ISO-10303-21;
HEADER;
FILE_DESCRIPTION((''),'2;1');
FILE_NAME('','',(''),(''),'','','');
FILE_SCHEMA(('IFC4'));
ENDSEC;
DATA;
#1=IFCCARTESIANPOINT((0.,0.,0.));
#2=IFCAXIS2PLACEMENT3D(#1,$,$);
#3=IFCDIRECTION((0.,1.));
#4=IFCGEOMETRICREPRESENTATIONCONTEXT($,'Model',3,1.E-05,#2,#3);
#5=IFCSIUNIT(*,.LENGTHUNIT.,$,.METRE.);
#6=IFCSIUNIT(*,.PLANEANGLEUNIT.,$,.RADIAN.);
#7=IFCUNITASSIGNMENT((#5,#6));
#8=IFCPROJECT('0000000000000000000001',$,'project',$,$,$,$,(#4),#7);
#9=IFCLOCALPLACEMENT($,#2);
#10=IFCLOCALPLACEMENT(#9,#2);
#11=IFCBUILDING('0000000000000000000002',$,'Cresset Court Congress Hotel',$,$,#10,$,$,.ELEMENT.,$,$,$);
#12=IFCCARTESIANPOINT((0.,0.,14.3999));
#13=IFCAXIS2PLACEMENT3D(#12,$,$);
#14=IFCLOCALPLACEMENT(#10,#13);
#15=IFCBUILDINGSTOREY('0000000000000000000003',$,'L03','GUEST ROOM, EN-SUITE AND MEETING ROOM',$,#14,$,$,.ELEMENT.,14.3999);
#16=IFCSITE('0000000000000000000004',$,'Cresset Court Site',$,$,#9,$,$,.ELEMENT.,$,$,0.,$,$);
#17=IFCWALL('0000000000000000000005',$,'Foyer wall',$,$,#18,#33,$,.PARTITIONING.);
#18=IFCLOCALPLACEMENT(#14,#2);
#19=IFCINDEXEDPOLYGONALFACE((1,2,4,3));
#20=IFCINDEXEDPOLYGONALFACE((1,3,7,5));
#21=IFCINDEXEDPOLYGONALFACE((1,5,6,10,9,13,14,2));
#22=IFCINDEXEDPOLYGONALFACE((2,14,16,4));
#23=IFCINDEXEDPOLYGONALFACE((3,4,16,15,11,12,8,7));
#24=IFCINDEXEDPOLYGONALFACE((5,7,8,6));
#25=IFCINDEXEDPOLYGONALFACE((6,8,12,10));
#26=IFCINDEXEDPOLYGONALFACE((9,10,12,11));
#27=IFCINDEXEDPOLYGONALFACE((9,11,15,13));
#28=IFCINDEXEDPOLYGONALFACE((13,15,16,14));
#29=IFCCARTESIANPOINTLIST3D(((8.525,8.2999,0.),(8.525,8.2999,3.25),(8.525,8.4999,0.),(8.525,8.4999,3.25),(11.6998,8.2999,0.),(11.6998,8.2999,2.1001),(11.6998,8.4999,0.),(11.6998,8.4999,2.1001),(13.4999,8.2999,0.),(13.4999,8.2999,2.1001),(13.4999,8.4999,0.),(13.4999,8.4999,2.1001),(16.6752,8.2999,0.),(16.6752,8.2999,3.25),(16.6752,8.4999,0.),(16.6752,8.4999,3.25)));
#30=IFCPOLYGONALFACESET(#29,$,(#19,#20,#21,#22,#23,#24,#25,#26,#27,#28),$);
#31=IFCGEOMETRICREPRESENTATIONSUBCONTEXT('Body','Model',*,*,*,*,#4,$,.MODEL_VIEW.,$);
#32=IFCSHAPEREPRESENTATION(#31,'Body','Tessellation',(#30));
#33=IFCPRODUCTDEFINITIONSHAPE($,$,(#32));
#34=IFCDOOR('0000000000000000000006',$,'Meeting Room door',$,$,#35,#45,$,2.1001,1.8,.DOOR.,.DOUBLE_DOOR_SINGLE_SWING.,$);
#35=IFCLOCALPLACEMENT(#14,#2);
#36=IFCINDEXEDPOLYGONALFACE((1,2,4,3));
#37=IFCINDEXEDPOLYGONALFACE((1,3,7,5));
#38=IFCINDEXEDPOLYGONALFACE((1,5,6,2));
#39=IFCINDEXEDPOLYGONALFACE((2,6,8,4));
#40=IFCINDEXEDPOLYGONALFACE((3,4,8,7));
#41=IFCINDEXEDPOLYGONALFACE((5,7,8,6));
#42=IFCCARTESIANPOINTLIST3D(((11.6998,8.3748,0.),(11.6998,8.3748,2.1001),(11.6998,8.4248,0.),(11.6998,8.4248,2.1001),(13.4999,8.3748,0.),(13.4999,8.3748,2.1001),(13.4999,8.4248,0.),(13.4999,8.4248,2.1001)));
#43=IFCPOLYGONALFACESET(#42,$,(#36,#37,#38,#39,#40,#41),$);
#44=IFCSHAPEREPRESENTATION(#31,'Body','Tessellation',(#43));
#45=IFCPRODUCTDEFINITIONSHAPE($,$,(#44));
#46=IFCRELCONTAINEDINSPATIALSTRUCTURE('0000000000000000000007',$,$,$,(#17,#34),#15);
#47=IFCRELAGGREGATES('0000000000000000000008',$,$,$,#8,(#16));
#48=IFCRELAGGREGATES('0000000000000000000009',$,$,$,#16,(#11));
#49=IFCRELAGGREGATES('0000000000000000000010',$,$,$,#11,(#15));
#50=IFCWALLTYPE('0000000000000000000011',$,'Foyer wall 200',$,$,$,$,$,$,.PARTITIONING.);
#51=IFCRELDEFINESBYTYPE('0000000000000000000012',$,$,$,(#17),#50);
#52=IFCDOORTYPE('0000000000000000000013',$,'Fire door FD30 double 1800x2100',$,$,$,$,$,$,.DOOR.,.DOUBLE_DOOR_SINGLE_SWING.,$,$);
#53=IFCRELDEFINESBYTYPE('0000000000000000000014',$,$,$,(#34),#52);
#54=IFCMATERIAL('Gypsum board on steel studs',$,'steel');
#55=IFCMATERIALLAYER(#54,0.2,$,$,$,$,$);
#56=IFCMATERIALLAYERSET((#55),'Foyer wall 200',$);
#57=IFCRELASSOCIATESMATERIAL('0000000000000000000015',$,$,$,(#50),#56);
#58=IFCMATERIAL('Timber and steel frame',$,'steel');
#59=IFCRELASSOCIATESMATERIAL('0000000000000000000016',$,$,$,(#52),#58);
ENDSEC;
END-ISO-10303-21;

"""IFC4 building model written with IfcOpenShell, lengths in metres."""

from ifc_helpers import new_model, si_unit, direction, frame, frame_2d, origin, place, context, subcontext, project, spatial, rectangle, extrude, material, layer, layer_set, type_object, element, fill, save


model = new_model("IFC4")

# Units and contexts
model_context = context("Model", 3, precision=1e-05, world=origin(), true_north=direction((0.0, 1.0)))
body_context = subcontext(model_context, "Body", "Model", "MODEL_VIEW")
ifc_project = project(units=[si_unit("LENGTHUNIT", "METRE"), si_unit("PLANEANGLEUNIT", "RADIAN")], contexts=[model_context])

# Site, building, storey
site_placement = place(None, origin())
site = spatial("IfcSite", under=ifc_project, at=site_placement, Name="Cresset Court Site", CompositionType="ELEMENT", RefElevation=0.0)
building_placement = place(site_placement, origin())
building = spatial("IfcBuilding", under=site, at=building_placement, Name="Cresset Court Congress Hotel", CompositionType="ELEMENT")
storey_placement = place(building_placement, frame((0.0, 0.0, 14.3999)))
storey = spatial("IfcBuildingStorey", under=building, at=storey_placement, Name="L03", Description="GUEST ROOM, EN-SUITE AND MEETING ROOM", CompositionType="ELEMENT", Elevation=14.3999)

# Wall, opening, door
ifc_material_1 = material(Name="Gypsum board on steel studs", Category="steel")
ifc_layer_1 = layer(ifc_material_1, 0.2)
ifc_layer_set_1 = layer_set([ifc_layer_1], Name="Foyer wall 200")
wall_type = type_object("IfcWallType", Name="Foyer wall 200", PredefinedType="PARTITIONING", material=ifc_layer_set_1)
wall_placement = place(storey_placement, frame((8.5249, 8.3999, 0.0), z_axis=(0.0, 0.0, 1.0), x_axis=(1.0, 0.0, 0.0)))
wall = element("IfcWall", 1, at=wall_placement, inside=storey, type_object=wall_type, Name="Foyer wall", PredefinedType="PARTITIONING", context=body_context, shape_type="SweptSolid", body=[
    extrude(rectangle(XDim=8.1501, YDim=0.2, at=frame_2d((4.0752, 0.0))), origin(), (0.0, 0.0, 1.0), 3.25),
])
opening_placement = place(wall_placement, frame((3.175, 0.0, 0.0)))
opening = element("IfcOpeningElement", 2, at=opening_placement, cuts=wall, PredefinedType="OPENING", context=body_context, shape_type="SweptSolid", body=[
    extrude(rectangle(XDim=1.8, YDim=2.1001, at=frame_2d((0.8999, 1.05))), frame((0.0, 0.1099, 0.0), z_axis=(0.0, -1.0, 0.0), x_axis=(1.0, 0.0, 0.0)), (0.0, 0.0, 1.0), 0.22),
])
ifc_material_2 = material(Name="Timber and steel frame", Category="steel")
door_type = type_object("IfcDoorType", Name="Fire door FD30 double 1800x2100", OperationType="DOUBLE_DOOR_SINGLE_SWING", PredefinedType="DOOR", material=ifc_material_2)
door_placement = place(opening_placement, origin())
door = element("IfcDoor", 3, at=door_placement, inside=storey, type_object=door_type, Name="Meeting Room door", OperationType="DOUBLE_DOOR_SINGLE_SWING", OverallHeight=2.1001, OverallWidth=1.8, PredefinedType="DOOR", context=body_context, shape_type="SweptSolid", body=[
    extrude(rectangle(XDim=1.8, YDim=2.1001, at=frame_2d((0.8999, 1.05))), frame((0.0, 0.0249, 0.0), z_axis=(0.0, -1.0, 0.0), x_axis=(1.0, 0.0, 0.0)), (0.0, 0.0, 1.0), 0.05),
])
fill(opening, door)

save(model, "model.ifc")
